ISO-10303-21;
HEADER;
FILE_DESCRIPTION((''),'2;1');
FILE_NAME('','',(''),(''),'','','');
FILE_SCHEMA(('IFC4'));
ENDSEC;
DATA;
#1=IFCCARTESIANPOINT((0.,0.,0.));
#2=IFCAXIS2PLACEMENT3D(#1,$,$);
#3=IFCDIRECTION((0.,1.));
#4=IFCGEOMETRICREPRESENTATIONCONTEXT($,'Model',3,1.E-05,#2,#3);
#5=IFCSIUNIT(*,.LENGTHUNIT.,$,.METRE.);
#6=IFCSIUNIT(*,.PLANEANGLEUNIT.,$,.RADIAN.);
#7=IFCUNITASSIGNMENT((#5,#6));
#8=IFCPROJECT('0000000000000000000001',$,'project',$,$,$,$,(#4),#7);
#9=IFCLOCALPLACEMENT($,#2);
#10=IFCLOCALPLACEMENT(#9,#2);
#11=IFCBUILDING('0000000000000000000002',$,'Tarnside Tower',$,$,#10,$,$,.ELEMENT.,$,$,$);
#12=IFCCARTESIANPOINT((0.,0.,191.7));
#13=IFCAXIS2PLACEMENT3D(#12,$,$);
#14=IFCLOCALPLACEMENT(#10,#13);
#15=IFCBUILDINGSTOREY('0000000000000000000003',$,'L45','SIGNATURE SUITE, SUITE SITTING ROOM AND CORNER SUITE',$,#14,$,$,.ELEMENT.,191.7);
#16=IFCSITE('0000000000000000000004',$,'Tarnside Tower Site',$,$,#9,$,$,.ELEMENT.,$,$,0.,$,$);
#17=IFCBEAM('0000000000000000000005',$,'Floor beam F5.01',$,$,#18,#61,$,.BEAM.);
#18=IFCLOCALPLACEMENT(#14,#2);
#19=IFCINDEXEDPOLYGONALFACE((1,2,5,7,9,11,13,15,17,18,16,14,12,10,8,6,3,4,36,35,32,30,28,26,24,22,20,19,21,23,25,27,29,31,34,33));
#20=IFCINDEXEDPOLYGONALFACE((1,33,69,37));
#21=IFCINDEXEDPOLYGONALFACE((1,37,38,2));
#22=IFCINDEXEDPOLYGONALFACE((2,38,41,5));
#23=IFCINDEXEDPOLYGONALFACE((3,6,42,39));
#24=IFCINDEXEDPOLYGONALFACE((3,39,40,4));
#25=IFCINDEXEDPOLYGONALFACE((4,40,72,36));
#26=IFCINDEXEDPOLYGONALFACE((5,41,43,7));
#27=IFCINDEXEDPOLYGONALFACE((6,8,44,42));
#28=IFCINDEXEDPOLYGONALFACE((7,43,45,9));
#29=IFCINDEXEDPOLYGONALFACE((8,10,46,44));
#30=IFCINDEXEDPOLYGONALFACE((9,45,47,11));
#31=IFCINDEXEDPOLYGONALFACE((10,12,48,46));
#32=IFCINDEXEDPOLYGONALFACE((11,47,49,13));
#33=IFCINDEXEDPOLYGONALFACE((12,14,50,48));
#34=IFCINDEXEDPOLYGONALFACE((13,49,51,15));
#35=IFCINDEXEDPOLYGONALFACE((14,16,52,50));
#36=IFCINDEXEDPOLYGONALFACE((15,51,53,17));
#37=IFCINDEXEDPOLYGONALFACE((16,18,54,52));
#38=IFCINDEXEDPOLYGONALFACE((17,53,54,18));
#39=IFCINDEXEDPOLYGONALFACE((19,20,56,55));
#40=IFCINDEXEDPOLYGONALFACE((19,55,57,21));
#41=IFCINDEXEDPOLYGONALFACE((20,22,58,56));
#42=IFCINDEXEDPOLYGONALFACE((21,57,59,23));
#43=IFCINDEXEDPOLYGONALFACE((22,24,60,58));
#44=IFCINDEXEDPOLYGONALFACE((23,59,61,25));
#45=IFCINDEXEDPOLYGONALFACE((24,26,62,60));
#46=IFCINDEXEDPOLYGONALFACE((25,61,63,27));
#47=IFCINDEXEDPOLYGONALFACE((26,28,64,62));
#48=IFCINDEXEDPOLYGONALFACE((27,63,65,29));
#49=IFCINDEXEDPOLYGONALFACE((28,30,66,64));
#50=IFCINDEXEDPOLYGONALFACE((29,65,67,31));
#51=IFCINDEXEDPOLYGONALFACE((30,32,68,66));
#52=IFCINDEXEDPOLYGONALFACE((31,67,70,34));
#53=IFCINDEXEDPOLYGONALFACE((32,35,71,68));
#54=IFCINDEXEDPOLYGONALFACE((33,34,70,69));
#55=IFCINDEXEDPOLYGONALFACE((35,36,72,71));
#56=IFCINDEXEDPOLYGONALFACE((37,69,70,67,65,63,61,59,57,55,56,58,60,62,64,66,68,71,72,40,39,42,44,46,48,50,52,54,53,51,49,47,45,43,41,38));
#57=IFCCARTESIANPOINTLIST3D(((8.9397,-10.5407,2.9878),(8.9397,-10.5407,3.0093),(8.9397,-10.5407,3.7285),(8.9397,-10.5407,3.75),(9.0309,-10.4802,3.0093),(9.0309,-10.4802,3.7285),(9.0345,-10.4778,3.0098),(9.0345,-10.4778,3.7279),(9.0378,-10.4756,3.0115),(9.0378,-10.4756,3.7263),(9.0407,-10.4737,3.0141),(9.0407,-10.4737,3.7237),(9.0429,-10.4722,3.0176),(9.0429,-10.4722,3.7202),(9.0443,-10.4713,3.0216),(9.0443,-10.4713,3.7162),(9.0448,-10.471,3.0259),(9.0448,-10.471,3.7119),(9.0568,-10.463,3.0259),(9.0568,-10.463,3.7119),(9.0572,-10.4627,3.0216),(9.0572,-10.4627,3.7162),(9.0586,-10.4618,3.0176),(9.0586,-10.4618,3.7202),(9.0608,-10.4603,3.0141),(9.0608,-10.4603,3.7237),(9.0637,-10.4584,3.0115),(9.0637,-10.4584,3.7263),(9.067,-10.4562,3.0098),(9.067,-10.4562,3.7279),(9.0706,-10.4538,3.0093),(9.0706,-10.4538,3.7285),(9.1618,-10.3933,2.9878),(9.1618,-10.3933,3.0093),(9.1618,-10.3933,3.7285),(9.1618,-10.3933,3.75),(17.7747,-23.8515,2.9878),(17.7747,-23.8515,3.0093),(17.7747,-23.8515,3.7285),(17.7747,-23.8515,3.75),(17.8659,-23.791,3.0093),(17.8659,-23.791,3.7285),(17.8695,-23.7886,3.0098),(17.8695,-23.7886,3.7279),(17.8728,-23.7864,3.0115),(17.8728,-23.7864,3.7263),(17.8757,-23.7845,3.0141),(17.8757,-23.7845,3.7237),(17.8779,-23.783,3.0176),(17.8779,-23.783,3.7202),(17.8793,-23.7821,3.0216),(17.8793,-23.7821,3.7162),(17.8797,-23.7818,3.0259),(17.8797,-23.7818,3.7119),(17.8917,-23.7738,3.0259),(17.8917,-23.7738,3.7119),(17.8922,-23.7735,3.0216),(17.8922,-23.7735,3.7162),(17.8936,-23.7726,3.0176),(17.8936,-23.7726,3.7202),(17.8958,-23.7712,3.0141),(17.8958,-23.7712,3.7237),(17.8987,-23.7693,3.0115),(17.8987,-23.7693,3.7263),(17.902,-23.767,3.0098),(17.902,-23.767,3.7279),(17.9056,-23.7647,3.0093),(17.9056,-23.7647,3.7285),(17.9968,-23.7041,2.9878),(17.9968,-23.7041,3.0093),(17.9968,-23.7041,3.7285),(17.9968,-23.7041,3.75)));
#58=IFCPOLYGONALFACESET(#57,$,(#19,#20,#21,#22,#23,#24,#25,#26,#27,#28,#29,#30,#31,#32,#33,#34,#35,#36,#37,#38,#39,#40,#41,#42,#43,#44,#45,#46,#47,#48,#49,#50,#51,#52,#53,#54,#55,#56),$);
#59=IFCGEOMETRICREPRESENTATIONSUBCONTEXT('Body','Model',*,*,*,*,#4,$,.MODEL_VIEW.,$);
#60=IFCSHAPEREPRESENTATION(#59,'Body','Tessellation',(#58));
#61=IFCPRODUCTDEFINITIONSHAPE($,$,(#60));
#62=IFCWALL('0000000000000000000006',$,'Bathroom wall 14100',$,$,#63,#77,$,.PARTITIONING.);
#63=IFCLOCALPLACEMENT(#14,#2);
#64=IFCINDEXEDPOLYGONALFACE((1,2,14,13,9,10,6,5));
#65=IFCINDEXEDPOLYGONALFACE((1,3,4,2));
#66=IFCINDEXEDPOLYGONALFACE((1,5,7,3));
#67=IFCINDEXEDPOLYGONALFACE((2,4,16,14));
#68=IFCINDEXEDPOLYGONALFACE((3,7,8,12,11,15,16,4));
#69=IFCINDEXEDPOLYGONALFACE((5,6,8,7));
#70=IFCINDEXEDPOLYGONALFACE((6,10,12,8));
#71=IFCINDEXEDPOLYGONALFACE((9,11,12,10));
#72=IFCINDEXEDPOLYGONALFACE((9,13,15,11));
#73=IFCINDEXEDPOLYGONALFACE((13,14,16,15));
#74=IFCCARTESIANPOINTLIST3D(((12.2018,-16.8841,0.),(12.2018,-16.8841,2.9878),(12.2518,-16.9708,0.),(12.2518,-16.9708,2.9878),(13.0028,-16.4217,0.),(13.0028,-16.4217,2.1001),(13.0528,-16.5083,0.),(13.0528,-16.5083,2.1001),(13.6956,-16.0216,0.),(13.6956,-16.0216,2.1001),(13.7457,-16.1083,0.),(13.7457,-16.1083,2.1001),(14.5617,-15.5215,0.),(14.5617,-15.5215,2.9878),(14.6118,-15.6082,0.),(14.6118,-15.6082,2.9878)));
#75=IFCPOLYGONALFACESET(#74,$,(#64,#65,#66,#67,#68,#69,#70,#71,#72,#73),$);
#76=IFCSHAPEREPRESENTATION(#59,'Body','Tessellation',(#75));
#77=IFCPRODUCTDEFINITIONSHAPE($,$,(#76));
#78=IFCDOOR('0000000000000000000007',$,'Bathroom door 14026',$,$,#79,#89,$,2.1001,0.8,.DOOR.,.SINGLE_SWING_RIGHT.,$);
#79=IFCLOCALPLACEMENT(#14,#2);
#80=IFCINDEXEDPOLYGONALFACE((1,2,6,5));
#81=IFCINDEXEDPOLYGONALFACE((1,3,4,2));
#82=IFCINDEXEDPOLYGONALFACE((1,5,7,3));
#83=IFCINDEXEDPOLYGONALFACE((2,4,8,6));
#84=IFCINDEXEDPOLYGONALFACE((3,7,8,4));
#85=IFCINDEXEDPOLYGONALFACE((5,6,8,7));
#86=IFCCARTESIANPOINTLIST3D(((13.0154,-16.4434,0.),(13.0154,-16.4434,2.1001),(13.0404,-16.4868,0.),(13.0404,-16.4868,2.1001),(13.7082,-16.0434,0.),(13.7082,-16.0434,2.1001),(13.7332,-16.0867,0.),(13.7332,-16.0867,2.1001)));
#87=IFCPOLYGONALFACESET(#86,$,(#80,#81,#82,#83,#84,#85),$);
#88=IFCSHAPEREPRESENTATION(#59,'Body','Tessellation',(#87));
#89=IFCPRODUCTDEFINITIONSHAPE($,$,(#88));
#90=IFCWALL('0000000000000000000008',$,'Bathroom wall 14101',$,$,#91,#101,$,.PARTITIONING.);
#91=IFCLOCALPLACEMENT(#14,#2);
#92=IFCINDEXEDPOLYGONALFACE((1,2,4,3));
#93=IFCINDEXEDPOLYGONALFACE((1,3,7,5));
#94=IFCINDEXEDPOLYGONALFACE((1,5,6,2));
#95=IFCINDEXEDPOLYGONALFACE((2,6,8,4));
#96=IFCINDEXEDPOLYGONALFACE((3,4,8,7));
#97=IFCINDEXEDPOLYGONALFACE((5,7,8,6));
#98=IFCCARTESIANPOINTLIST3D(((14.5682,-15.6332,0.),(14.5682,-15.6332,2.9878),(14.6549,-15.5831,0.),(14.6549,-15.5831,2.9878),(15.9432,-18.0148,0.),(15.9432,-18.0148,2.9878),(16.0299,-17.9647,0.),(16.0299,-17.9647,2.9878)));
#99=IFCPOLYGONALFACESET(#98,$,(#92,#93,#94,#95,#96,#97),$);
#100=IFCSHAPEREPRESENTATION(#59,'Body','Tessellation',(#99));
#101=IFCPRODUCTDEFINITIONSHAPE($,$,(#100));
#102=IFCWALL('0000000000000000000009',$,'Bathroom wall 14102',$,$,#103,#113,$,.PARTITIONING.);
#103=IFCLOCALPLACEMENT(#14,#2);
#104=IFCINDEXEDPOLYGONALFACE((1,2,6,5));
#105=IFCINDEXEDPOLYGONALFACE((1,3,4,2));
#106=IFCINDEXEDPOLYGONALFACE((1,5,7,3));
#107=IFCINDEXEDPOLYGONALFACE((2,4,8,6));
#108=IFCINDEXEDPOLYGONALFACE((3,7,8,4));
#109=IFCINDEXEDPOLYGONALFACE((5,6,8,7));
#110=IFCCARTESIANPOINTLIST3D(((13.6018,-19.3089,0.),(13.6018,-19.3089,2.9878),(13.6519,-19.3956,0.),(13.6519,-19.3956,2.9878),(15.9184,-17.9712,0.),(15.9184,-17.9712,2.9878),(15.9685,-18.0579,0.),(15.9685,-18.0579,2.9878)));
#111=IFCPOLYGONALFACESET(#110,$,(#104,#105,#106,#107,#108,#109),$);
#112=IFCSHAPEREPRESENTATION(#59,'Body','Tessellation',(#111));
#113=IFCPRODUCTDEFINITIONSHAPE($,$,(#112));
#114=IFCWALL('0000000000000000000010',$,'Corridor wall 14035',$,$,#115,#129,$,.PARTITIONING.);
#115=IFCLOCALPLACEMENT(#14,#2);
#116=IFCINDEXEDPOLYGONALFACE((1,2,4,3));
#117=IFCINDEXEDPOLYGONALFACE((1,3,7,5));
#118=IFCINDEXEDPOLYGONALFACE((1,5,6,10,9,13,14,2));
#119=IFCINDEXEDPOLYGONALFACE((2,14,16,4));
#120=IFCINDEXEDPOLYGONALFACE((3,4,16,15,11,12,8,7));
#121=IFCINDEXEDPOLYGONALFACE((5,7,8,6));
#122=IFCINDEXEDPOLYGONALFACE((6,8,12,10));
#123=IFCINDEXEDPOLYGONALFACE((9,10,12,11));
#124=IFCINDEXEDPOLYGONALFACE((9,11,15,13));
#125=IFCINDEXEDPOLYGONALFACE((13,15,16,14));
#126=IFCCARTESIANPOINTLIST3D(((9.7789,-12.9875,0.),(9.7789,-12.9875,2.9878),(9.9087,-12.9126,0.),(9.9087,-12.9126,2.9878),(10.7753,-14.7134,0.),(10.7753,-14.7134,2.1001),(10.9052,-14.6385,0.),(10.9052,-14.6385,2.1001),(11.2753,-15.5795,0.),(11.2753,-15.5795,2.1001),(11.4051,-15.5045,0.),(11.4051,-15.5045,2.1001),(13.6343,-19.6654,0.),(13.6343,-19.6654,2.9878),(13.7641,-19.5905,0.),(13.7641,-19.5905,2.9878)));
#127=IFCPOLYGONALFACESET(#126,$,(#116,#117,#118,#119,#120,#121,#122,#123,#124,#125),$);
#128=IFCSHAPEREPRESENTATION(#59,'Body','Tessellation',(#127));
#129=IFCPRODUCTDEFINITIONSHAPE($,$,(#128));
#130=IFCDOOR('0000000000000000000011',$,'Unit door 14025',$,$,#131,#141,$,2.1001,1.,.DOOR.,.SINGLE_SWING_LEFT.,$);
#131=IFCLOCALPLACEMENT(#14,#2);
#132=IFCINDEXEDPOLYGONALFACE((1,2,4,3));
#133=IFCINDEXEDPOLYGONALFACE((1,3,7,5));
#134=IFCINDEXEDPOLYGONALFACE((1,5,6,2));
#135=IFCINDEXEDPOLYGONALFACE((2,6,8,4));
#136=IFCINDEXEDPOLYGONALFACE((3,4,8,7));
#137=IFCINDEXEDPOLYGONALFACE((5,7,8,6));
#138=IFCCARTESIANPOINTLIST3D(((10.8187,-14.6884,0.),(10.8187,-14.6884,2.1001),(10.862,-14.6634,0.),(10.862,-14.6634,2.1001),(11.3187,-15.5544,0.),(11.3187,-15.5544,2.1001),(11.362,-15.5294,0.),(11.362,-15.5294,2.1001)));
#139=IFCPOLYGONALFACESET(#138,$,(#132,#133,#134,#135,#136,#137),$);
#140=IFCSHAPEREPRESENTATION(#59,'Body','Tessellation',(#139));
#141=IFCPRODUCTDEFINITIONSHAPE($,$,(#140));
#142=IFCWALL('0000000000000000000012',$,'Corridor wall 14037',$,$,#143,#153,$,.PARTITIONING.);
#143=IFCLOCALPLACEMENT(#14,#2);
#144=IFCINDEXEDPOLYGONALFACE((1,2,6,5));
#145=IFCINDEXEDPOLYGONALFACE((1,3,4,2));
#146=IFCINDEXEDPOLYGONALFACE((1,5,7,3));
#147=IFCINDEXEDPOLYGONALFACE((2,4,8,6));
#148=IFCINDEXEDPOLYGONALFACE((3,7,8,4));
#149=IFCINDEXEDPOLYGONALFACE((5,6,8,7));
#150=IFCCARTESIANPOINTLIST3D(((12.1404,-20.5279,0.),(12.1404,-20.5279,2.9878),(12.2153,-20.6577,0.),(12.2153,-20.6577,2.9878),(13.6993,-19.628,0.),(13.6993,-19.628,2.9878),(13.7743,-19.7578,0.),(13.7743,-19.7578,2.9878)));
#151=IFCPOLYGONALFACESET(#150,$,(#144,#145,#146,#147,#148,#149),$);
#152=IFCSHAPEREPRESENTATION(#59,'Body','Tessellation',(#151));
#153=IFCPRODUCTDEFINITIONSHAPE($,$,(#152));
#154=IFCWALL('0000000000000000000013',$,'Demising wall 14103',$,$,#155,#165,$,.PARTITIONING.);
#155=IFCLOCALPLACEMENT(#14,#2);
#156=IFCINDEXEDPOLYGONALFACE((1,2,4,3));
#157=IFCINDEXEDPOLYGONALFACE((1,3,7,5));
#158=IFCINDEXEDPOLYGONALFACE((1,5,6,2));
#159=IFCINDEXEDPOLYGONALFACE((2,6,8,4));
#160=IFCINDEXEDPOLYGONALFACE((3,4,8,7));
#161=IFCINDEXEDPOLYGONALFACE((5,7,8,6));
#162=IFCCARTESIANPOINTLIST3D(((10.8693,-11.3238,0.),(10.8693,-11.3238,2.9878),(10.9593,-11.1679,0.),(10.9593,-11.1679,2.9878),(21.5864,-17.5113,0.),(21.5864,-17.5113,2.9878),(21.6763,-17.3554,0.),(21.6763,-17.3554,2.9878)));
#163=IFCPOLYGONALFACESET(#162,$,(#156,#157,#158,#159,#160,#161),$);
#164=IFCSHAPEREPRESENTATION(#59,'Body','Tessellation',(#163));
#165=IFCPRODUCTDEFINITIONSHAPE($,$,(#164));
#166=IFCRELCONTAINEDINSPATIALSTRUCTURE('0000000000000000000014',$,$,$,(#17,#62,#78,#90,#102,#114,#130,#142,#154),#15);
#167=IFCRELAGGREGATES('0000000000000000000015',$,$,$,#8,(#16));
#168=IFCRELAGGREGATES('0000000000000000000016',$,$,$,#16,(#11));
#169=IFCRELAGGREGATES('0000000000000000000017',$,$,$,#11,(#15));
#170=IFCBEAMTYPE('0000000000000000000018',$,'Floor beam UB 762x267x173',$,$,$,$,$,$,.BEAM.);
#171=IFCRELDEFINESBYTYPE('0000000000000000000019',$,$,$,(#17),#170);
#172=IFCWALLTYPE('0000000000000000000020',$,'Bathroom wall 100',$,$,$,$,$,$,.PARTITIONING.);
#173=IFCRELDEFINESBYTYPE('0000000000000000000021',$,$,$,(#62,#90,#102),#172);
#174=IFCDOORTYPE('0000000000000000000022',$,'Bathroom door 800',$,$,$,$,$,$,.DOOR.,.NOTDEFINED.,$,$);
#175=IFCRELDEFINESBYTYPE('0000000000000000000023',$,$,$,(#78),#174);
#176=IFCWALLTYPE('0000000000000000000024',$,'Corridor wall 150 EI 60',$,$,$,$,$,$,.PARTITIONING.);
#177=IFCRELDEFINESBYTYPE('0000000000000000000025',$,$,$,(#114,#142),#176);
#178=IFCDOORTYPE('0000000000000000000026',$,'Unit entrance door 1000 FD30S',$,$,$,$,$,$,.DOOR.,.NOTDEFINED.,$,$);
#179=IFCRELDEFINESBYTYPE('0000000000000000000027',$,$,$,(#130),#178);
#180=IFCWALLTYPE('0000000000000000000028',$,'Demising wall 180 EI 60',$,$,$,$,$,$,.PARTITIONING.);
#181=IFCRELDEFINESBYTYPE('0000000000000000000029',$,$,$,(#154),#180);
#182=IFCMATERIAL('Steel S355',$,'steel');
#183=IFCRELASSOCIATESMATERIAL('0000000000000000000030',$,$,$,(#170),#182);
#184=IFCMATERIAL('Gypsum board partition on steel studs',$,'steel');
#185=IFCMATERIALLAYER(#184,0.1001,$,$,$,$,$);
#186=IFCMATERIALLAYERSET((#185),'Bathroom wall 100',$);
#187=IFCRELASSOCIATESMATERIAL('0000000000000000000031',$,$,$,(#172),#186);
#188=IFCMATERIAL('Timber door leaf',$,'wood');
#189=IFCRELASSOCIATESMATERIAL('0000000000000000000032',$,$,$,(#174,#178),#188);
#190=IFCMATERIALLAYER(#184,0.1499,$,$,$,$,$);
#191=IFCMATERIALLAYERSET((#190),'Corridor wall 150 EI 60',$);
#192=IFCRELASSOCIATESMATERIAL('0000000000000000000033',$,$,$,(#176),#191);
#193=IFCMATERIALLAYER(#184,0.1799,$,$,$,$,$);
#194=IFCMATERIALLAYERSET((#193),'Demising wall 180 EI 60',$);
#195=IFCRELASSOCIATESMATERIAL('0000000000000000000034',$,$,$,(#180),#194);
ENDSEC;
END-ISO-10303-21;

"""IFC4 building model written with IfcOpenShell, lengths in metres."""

from ifc_helpers import new_model, si_unit, direction, frame, frame_2d, origin, origin_2d, place, context, subcontext, project, spatial, rectangle, i_section, extrude, material, layer, layer_set, material_profile, profile_set, type_object, element, fill, save


model = new_model("IFC4")

# Units and contexts
model_context = context("Model", 3, precision=1e-05, world=origin(), true_north=direction((0.0, 1.0)))
body_context = subcontext(model_context, "Body", "Model", "MODEL_VIEW")
ifc_project = project(units=[si_unit("LENGTHUNIT", "METRE"), si_unit("PLANEANGLEUNIT", "RADIAN")], contexts=[model_context])

# Site, building, storey
site_placement = place(None, origin())
site = spatial("IfcSite", under=ifc_project, at=site_placement, Name="Tarnside Tower Site", CompositionType="ELEMENT", RefElevation=0.0)
building_placement = place(site_placement, origin())
building = spatial("IfcBuilding", under=site, at=building_placement, Name="Tarnside Tower", CompositionType="ELEMENT")
storey_placement = place(building_placement, frame((0.0, 0.0, 191.7)))
storey = spatial("IfcBuildingStorey", under=building, at=storey_placement, Name="L45", Description="SIGNATURE SUITE, SUITE SITTING ROOM AND CORNER SUITE", CompositionType="ELEMENT", Elevation=191.7)

# Beam
ifc_material_1 = material(Name="Steel S355", Category="steel")
ifc_material_profile_1 = material_profile(ifc_material_1, i_section(OverallWidth=0.2666, OverallDepth=0.7622, WebThickness=0.0144, FlangeThickness=0.0215, FilletRadius=0.0166, at=origin_2d()), Name="UB 762x267x173")
ifc_profile_set_1 = profile_set([ifc_material_profile_1], Name="Steel S355")
beam_type_1 = type_object("IfcBeamType", Name="Floor beam UB 762x267x173", PredefinedType="BEAM", material=ifc_profile_set_1)
beam_1_placement = place(storey_placement, frame((17.8857, -23.7778, 3.3689), z_axis=(-0.553013, 0.833172, 0.0), x_axis=(-0.833172, -0.553013, 0.0)))
element("IfcBeam", 1, at=beam_1_placement, inside=storey, type_object=beam_type_1, Name="Floor beam F5.01", PredefinedType="BEAM", context=body_context, shape_type="SweptSolid", body=[
    extrude(i_section(OverallWidth=0.2666, OverallDepth=0.7622, WebThickness=0.0144, FlangeThickness=0.0215, FilletRadius=0.0166, at=origin_2d()), origin(), (0.0, 0.0, 1.0), 15.9761),
])

# Wall, opening, door
ifc_material_2 = material(Name="Gypsum board partition on steel studs", Category="steel")
ifc_layer_1 = layer(ifc_material_2, 0.1001)
ifc_layer_set_1 = layer_set([ifc_layer_1], Name="Bathroom wall 100")
wall_type_1 = type_object("IfcWallType", Name="Bathroom wall 100", PredefinedType="PARTITIONING", material=ifc_layer_set_1)
wall_1_placement = place(storey_placement, frame((12.2268, -16.9275, 0.0), z_axis=(0.0, 0.0, 1.0), x_axis=(0.866013, 0.500022, 0.0)))
wall_1 = element("IfcWall", 2, at=wall_1_placement, inside=storey, type_object=wall_type_1, Name="Bathroom wall 14100", PredefinedType="PARTITIONING", context=body_context, shape_type="SweptSolid", body=[
    extrude(rectangle(XDim=2.7251, YDim=0.1001, at=frame_2d((1.3625, 0.0))), origin(), (0.0, 0.0, 1.0), 2.9878),
])
opening_1_placement = place(wall_1_placement, frame((0.925, 0.0, 0.0)))
opening_1 = element("IfcOpeningElement", 3, at=opening_1_placement, cuts=wall_1, PredefinedType="OPENING", context=body_context, shape_type="SweptSolid", body=[
    extrude(rectangle(XDim=0.8, YDim=2.1001, at=frame_2d((0.3999, 1.05))), frame((0.0, 0.0601, 0.0), z_axis=(0.0, -1.0, 0.0), x_axis=(1.0, 0.0, 0.0)), (0.0, 0.0, 1.0), 0.1201),
])
ifc_material_3 = material(Name="Timber door leaf", Category="wood")
door_type_1 = type_object("IfcDoorType", Name="Bathroom door 800", OperationType="NOTDEFINED", PredefinedType="DOOR", material=ifc_material_3)
door_1_placement = place(opening_1_placement, origin())
door_1 = element("IfcDoor", 4, at=door_1_placement, inside=storey, type_object=door_type_1, Name="Bathroom door 14026", OperationType="SINGLE_SWING_RIGHT", OverallHeight=2.1001, OverallWidth=0.8, PredefinedType="DOOR", context=body_context, shape_type="SweptSolid", body=[
    extrude(rectangle(XDim=0.8, YDim=2.1001, at=frame_2d((0.3999, 1.05))), frame((0.0, 0.0249, 0.0), z_axis=(0.0, -1.0, 0.0), x_axis=(1.0, 0.0, 0.0)), (0.0, 0.0, 1.0), 0.05),
])
fill(opening_1, door_1)

# Walls
wall_2_placement = place(storey_placement, frame((14.6116, -15.6082, 0.0), z_axis=(0.0, 0.0, 1.0), x_axis=(0.499997, -0.866027, 0.0)))
element("IfcWall", 5, at=wall_2_placement, inside=storey, type_object=wall_type_1, Name="Bathroom wall 14101", PredefinedType="PARTITIONING", context=body_context, shape_type="SweptSolid", body=[
    extrude(rectangle(XDim=2.75, YDim=0.1001, at=frame_2d((1.375, 0.0))), origin(), (0.0, 0.0, 1.0), 2.9878),
])
wall_3_placement = place(storey_placement, frame((15.9434, -18.0146, 0.0), z_axis=(0.0, 0.0, 1.0), x_axis=(-0.866005, -0.500036, 0.0)))
element("IfcWall", 6, at=wall_3_placement, inside=storey, type_object=wall_type_1, Name="Bathroom wall 14102", PredefinedType="PARTITIONING", context=body_context, shape_type="SweptSolid", body=[
    extrude(rectangle(XDim=2.675, YDim=0.1001, at=frame_2d((1.3374, 0.0))), origin(), (0.0, 0.0, 1.0), 2.9878),
])

# Wall, opening, door
ifc_layer_2 = layer(ifc_material_2, 0.1499)
ifc_layer_set_2 = layer_set([ifc_layer_2], Name="Corridor wall 150 EI 60")
wall_type_2 = type_object("IfcWallType", Name="Corridor wall 150 EI 60", PredefinedType="PARTITIONING", material=ifc_layer_set_2)
wall_4_placement = place(storey_placement, frame((13.6992, -19.6279, 0.0), z_axis=(0.0, 0.0, 1.0), x_axis=(-0.499994, 0.866029, 0.0)))
wall_4 = element("IfcWall", 7, at=wall_4_placement, inside=storey, type_object=wall_type_2, Name="Corridor wall 14035", PredefinedType="PARTITIONING", context=body_context, shape_type="SweptSolid", body=[
    extrude(rectangle(XDim=7.7109, YDim=0.1499, at=frame_2d((3.8555, 0.0))), origin(), (0.0, 0.0, 1.0), 2.9878),
])
opening_2_placement = place(wall_4_placement, frame((4.718, 0.0, 0.0)))
opening_2 = element("IfcOpeningElement", 8, at=opening_2_placement, cuts=wall_4, PredefinedType="OPENING", context=body_context, shape_type="SweptSolid", body=[
    extrude(rectangle(XDim=1.0, YDim=2.1001, at=frame_2d((0.5, 1.05))), frame((0.0, 0.085, 0.0), z_axis=(0.0, -1.0, 0.0), x_axis=(1.0, 0.0, 0.0)), (0.0, 0.0, 1.0), 0.1699),
])
door_type_2 = type_object("IfcDoorType", Name="Unit entrance door 1000 FD30S", OperationType="NOTDEFINED", PredefinedType="DOOR", material=ifc_material_3)
door_2_placement = place(opening_2_placement, origin())
door_2 = element("IfcDoor", 9, at=door_2_placement, inside=storey, type_object=door_type_2, Name="Unit door 14025", OperationType="SINGLE_SWING_LEFT", OverallHeight=2.1001, OverallWidth=1.0, PredefinedType="DOOR", context=body_context, shape_type="SweptSolid", body=[
    extrude(rectangle(XDim=1.0, YDim=2.1001, at=frame_2d((0.5, 1.05))), frame((0.0, 0.0249, 0.0), z_axis=(0.0, -1.0, 0.0), x_axis=(1.0, 0.0, 0.0)), (0.0, 0.0, 1.0), 0.05),
])
fill(opening_2, door_2)

# Walls
wall_5_placement = place(storey_placement, frame((12.178, -20.5928, 0.0), z_axis=(0.0, 0.0, 1.0), x_axis=(0.866048, 0.499961, 0.0)))
element("IfcWall", 10, at=wall_5_placement, inside=storey, type_object=wall_type_2, Name="Corridor wall 14037", PredefinedType="PARTITIONING", context=body_context, shape_type="SweptSolid", body=[
    extrude(rectangle(XDim=1.8, YDim=0.1499, at=frame_2d((0.8999, 0.0))), origin(), (0.0, 0.0, 1.0), 2.9878),
])
ifc_layer_3 = layer(ifc_material_2, 0.1799)
ifc_layer_set_3 = layer_set([ifc_layer_3], Name="Demising wall 180 EI 60")
wall_type_3 = type_object("IfcWallType", Name="Demising wall 180 EI 60", PredefinedType="PARTITIONING", material=ifc_layer_set_3)
wall_6_placement = place(storey_placement, frame((21.6313, -17.4333, 0.0), z_axis=(0.0, 0.0, 1.0), x_axis=(-0.866025, 0.500001, 0.0)))
element("IfcWall", 11, at=wall_6_placement, inside=storey, type_object=wall_type_3, Name="Demising wall 14103", PredefinedType="PARTITIONING", context=body_context, shape_type="SweptSolid", body=[
    extrude(rectangle(XDim=12.375, YDim=0.1799, at=frame_2d((6.1875, 0.0))), origin(), (0.0, 0.0, 1.0), 2.9878),
])

save(model, "model.ifc")
